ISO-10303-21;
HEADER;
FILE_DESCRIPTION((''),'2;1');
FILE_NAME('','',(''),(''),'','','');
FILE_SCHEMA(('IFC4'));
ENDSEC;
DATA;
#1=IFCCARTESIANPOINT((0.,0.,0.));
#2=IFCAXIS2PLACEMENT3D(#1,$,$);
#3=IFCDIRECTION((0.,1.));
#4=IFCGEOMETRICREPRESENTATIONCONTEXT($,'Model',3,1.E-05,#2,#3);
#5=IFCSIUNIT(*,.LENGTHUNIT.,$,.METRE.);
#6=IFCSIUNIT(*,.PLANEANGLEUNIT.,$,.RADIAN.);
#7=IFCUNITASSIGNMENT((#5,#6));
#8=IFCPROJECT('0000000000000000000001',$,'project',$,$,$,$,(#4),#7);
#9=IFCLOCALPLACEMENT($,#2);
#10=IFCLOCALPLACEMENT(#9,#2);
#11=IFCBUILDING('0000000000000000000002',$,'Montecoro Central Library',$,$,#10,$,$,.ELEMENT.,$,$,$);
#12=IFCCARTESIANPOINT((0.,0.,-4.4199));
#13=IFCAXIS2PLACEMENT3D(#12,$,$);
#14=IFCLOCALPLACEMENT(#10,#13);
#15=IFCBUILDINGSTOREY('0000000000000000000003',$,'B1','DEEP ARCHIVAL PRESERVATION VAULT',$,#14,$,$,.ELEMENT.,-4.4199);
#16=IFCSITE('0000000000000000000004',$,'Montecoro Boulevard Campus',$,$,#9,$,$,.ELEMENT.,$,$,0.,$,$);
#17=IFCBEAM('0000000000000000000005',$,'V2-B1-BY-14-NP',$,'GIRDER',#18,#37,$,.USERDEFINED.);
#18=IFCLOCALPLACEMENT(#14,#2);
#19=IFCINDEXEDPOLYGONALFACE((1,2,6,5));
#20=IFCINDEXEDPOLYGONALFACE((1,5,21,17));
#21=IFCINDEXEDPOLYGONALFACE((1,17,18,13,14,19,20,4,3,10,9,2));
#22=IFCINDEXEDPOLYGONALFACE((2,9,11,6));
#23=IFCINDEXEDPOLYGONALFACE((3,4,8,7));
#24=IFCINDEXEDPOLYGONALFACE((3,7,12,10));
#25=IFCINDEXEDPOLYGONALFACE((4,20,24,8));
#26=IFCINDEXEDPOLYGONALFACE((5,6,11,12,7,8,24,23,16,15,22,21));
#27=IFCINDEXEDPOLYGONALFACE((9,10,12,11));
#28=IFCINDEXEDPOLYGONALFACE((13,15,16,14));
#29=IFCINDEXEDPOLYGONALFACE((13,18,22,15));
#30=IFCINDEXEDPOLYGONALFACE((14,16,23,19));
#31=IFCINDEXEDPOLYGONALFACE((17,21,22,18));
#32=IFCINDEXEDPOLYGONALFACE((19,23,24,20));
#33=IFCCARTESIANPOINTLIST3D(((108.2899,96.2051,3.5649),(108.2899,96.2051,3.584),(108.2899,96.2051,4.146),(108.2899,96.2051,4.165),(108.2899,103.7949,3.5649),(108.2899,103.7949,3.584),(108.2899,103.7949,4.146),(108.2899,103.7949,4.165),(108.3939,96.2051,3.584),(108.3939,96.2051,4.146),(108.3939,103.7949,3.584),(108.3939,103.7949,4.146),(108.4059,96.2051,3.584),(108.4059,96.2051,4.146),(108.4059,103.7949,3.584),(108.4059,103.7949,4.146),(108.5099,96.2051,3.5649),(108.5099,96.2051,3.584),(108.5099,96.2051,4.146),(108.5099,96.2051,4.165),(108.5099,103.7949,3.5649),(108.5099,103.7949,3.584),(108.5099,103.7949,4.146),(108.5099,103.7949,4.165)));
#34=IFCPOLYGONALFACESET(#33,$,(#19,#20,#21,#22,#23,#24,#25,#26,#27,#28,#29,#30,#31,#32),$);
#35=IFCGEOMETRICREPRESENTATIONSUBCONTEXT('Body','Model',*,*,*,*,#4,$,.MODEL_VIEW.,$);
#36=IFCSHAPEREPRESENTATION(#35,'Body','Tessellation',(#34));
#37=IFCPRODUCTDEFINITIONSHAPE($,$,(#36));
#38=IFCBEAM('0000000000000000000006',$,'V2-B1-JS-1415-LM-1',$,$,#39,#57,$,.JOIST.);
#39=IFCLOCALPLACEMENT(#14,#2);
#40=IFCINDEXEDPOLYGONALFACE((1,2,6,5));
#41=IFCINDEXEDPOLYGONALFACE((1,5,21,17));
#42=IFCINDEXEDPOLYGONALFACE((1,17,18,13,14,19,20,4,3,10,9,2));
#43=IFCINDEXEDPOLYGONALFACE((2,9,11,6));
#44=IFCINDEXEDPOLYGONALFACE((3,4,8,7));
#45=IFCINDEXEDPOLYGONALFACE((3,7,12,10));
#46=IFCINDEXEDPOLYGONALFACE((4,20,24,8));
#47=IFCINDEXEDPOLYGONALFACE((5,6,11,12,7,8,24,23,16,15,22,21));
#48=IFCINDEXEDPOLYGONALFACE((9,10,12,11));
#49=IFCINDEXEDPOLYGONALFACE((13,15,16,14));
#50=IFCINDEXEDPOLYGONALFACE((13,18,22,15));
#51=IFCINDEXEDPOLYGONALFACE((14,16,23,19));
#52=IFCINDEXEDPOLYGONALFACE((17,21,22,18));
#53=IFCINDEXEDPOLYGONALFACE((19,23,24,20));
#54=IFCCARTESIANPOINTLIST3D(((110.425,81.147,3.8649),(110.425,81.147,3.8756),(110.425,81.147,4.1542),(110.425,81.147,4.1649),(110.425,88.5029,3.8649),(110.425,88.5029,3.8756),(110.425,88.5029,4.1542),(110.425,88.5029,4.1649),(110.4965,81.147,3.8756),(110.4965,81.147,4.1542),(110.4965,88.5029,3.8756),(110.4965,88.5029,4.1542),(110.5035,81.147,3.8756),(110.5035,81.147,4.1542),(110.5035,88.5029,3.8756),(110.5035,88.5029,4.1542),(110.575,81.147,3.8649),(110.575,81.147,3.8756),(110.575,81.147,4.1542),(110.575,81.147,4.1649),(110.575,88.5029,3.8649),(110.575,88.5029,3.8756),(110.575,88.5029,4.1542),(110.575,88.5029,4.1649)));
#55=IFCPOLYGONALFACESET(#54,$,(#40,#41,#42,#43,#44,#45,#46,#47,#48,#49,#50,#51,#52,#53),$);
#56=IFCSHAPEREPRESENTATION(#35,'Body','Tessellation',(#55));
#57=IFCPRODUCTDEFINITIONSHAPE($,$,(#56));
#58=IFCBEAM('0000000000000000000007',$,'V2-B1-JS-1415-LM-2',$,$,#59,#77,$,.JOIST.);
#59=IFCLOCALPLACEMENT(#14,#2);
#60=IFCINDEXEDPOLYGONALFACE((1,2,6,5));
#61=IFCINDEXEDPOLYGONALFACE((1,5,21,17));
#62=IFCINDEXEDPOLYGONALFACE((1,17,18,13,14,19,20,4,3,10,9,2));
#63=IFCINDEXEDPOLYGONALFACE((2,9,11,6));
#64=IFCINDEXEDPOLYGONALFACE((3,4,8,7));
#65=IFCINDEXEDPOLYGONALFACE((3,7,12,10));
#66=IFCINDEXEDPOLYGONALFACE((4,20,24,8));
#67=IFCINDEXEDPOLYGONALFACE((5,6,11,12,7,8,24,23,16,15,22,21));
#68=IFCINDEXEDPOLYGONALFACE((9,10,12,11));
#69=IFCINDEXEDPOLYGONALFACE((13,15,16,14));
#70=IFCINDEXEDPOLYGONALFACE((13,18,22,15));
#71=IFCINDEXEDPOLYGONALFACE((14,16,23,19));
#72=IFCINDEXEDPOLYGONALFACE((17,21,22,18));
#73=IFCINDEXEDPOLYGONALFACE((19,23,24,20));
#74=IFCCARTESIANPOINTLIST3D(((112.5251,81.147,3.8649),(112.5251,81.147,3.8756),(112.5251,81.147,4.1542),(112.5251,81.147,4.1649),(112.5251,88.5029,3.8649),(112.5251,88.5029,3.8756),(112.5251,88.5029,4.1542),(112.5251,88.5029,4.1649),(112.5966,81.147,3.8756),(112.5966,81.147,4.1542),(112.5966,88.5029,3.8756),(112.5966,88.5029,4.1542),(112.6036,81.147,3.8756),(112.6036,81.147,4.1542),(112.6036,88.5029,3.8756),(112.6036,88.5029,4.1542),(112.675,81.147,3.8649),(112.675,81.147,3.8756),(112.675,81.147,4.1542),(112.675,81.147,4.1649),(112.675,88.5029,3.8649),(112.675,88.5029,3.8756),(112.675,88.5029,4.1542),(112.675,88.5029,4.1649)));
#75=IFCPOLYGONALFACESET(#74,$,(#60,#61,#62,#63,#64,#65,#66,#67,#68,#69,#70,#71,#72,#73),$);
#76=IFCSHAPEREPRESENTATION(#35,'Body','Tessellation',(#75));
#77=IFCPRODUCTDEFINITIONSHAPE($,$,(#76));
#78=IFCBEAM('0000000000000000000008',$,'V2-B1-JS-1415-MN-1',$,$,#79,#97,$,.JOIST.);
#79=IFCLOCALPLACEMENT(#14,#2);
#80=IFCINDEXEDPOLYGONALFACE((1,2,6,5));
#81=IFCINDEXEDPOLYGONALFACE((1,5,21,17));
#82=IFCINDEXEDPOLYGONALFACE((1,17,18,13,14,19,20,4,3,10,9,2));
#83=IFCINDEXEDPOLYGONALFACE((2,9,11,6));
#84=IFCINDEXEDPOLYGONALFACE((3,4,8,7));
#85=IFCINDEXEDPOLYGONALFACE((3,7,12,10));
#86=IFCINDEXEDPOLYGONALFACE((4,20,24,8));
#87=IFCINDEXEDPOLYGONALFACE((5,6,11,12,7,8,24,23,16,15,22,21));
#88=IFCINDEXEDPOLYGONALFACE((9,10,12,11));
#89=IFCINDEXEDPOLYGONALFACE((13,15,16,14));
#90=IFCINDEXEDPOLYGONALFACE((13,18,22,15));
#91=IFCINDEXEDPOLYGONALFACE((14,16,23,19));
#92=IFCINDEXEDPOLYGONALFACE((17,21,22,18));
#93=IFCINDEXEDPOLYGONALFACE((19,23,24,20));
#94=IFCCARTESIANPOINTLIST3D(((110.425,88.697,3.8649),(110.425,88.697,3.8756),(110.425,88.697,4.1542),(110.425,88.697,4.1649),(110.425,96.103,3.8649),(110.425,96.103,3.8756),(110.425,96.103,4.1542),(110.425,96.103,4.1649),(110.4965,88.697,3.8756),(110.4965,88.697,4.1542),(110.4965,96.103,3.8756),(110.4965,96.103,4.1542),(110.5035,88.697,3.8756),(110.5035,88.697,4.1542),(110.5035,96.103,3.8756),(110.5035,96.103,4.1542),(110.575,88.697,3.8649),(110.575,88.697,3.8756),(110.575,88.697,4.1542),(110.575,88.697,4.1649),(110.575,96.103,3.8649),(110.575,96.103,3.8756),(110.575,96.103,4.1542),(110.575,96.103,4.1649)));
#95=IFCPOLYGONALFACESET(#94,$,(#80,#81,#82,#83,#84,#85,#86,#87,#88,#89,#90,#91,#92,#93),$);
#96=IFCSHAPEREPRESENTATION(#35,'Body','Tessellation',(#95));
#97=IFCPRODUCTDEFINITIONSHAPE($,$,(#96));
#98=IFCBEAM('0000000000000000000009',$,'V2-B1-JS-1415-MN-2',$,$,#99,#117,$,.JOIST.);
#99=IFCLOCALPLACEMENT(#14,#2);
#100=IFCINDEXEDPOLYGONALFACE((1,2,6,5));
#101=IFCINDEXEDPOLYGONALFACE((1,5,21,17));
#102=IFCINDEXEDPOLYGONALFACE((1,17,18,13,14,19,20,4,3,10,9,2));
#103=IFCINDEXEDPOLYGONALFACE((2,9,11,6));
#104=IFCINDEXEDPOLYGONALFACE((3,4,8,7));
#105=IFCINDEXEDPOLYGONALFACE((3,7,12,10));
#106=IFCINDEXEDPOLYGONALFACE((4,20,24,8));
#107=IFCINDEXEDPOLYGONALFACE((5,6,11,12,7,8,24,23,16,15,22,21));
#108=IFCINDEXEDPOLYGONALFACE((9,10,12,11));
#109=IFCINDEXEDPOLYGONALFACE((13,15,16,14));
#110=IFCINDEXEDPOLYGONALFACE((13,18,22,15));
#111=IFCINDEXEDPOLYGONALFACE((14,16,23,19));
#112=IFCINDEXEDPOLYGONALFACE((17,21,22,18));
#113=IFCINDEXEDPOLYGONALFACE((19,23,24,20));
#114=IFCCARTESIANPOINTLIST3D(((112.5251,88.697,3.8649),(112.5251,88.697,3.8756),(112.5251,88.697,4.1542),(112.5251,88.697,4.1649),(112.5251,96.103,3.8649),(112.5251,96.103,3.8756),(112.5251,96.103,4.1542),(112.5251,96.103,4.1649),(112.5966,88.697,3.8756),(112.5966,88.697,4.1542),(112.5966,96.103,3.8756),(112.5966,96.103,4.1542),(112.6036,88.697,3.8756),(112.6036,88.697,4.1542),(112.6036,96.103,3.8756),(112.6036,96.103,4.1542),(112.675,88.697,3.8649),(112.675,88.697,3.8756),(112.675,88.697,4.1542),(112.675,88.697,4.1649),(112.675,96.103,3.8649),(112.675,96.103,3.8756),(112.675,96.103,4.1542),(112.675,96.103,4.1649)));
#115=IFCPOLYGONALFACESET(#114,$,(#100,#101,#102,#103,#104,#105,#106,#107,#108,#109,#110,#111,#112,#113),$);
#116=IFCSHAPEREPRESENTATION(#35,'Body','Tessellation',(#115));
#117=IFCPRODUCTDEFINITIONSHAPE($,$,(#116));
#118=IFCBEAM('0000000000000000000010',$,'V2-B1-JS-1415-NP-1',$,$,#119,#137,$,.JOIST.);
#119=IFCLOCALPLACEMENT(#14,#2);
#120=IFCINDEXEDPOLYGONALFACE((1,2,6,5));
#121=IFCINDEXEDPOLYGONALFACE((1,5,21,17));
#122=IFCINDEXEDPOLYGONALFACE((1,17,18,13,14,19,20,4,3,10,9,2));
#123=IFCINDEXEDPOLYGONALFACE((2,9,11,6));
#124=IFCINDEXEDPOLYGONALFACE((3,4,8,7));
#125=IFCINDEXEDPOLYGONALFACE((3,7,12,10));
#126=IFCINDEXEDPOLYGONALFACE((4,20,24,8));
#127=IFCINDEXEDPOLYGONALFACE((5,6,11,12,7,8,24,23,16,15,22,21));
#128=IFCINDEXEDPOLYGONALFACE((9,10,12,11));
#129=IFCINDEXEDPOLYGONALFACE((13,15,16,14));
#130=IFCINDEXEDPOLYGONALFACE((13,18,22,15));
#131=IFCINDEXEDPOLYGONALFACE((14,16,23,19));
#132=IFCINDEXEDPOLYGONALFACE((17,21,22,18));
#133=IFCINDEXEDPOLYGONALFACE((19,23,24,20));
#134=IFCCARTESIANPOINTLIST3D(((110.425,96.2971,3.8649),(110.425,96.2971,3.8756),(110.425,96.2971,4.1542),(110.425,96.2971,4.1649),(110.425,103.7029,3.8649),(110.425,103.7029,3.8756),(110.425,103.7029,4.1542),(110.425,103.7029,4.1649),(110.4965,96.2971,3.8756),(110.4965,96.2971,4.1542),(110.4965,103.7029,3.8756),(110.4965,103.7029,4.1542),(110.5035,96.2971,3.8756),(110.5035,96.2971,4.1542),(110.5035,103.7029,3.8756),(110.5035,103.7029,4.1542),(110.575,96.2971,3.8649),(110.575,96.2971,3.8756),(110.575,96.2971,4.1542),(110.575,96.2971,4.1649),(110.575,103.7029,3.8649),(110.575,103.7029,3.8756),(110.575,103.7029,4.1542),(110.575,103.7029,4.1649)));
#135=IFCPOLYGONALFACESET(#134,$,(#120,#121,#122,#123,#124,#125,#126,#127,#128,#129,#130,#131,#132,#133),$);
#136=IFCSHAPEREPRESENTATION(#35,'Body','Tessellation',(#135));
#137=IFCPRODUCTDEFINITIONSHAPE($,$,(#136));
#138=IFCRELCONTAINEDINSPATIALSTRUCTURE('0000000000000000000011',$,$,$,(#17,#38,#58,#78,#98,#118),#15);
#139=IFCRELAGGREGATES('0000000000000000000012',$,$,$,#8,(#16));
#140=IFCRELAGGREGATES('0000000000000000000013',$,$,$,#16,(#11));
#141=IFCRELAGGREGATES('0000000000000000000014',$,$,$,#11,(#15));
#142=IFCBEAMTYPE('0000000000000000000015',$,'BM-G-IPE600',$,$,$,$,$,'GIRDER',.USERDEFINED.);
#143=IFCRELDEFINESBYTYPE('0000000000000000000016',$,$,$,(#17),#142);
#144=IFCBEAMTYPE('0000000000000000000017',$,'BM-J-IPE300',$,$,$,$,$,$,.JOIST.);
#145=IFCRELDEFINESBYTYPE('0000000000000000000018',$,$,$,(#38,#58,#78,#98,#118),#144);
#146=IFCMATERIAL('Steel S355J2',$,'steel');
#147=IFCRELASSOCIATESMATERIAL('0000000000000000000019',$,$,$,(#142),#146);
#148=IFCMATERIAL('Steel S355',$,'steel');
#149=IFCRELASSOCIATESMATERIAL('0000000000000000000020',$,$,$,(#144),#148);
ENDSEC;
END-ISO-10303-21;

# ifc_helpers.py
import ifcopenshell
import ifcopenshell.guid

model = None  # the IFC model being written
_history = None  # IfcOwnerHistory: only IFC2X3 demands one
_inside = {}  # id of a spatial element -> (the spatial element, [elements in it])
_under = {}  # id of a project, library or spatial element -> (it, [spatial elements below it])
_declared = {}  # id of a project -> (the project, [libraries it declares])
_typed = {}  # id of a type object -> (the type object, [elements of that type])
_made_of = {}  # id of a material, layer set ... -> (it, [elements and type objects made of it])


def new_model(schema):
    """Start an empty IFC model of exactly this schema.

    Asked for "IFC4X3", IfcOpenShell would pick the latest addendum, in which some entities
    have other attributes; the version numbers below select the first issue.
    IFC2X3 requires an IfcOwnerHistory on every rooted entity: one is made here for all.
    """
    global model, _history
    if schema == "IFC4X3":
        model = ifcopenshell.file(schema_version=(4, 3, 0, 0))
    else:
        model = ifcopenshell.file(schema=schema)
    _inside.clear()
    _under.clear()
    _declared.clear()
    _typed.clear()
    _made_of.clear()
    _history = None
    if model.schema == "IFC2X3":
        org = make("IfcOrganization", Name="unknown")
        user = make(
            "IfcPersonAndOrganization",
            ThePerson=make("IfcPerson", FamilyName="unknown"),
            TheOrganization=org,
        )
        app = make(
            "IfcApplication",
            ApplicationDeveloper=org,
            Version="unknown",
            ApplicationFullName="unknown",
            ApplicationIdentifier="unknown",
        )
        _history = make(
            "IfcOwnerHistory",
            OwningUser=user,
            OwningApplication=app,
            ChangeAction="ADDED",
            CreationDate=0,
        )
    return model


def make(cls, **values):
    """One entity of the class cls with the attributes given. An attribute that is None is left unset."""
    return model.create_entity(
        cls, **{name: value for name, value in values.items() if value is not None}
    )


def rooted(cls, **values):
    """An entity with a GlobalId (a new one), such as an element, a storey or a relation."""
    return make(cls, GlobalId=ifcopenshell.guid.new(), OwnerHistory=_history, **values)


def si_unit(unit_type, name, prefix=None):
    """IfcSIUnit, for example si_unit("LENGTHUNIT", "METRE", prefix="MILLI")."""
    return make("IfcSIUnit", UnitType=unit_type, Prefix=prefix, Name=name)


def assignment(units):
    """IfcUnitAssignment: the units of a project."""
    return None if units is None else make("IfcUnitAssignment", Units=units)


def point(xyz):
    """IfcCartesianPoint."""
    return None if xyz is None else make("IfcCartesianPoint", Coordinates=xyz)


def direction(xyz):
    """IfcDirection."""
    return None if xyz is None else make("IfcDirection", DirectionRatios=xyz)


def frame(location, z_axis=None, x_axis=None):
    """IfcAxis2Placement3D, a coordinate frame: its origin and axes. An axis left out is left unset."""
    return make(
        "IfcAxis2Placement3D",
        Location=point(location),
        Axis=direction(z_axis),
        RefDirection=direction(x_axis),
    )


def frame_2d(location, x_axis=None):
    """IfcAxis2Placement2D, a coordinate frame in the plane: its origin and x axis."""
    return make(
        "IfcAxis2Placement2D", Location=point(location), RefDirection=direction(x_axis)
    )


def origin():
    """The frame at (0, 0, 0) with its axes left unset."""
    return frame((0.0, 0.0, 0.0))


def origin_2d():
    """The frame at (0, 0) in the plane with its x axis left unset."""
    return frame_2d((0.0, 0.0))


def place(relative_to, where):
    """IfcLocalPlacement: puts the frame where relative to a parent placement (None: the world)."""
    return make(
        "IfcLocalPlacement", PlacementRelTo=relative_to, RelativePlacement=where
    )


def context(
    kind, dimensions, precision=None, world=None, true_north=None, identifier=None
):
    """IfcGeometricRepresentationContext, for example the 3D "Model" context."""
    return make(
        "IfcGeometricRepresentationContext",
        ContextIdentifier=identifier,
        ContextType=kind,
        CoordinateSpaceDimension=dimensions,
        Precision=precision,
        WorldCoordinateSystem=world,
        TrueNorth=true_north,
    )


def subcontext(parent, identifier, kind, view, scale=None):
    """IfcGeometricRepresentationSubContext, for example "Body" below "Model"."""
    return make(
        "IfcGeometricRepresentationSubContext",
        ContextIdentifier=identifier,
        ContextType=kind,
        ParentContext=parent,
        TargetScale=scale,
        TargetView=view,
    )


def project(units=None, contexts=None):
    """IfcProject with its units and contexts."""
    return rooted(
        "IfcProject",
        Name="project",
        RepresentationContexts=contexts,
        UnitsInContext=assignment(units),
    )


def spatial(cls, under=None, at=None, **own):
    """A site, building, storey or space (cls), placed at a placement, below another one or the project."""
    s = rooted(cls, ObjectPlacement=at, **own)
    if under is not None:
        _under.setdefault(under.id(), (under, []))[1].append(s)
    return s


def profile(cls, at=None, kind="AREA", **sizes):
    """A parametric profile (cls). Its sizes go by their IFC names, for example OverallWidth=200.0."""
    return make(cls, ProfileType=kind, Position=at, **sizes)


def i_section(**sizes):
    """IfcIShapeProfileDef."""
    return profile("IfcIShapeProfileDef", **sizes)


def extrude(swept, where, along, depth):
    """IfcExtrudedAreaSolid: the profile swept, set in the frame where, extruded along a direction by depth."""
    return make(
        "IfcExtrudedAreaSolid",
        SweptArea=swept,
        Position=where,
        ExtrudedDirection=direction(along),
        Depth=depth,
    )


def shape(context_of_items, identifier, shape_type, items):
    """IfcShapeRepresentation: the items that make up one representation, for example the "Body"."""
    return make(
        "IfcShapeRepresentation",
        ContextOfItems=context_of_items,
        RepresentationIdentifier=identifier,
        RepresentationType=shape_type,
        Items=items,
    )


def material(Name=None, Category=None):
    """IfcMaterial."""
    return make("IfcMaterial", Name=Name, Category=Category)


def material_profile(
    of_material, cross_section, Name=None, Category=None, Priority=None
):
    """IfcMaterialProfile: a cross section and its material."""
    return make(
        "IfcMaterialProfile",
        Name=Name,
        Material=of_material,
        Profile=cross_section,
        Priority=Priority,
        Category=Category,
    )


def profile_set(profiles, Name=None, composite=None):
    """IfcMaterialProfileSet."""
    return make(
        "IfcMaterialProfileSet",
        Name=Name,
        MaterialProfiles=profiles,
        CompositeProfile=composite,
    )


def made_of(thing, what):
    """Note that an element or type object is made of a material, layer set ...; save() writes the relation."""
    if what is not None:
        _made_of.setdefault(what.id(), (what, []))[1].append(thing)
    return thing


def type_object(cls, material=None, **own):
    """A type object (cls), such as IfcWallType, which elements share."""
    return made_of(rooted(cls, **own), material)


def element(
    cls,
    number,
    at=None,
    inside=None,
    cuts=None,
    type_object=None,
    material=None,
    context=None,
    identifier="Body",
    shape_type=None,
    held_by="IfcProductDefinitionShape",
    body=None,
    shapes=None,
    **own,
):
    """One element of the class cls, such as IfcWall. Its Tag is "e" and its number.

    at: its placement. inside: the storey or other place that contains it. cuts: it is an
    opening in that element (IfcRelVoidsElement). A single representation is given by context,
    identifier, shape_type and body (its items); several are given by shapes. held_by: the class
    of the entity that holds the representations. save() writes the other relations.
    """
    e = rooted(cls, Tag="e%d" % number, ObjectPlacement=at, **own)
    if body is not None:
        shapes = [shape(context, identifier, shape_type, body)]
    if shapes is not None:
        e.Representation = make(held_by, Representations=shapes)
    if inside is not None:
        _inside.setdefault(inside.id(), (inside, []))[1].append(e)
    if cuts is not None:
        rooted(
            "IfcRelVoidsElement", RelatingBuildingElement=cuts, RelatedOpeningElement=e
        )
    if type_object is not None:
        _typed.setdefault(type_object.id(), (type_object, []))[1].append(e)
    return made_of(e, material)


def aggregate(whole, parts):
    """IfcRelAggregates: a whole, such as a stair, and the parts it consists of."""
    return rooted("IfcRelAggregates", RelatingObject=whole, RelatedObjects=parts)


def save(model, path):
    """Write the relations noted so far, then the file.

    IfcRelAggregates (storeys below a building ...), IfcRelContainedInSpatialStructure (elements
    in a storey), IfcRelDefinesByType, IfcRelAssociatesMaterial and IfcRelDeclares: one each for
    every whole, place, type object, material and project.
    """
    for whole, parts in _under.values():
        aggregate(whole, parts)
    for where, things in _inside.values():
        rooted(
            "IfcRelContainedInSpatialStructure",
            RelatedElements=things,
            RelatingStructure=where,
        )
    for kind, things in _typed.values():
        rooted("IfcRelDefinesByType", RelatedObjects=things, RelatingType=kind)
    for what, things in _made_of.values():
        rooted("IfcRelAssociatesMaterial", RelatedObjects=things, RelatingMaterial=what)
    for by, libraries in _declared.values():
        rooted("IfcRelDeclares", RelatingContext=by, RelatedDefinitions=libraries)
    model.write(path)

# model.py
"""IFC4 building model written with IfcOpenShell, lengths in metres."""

from ifc_helpers import new_model, si_unit, direction, frame, origin, origin_2d, place, context, subcontext, project, spatial, i_section, extrude, material, material_profile, profile_set, type_object, element, save


model = new_model("IFC4")

# Units and contexts
model_context = context("Model", 3, precision=1e-05, world=origin(), true_north=direction((0.0, 1.0)))
body_context = subcontext(model_context, "Body", "Model", "MODEL_VIEW")
ifc_project = project(units=[si_unit("LENGTHUNIT", "METRE"), si_unit("PLANEANGLEUNIT", "RADIAN")], contexts=[model_context])

# Site, building, storey
site_placement = place(None, origin())
site = spatial("IfcSite", under=ifc_project, at=site_placement, Name="Montecoro Boulevard Campus", CompositionType="ELEMENT", RefElevation=0.0)
building_placement = place(site_placement, origin())
building = spatial("IfcBuilding", under=site, at=building_placement, Name="Montecoro Central Library", CompositionType="ELEMENT")
storey_placement = place(building_placement, frame((0.0, 0.0, -4.4199)))
storey = spatial("IfcBuildingStorey", under=building, at=storey_placement, Name="B1", Description="DEEP ARCHIVAL PRESERVATION VAULT", CompositionType="ELEMENT", Elevation=-4.4199)

# Shared definitions
ifc_material_1 = material(Name="Steel S355J2", Category="steel")

# Beams
ifc_material_2 = material(Name="Steel S355", Category="steel")
ifc_material_profile_1 = material_profile(ifc_material_1, i_section(OverallWidth=0.22, OverallDepth=0.6001, WebThickness=0.012, FlangeThickness=0.019, at=origin_2d()), Name="IPE 600")
ifc_profile_set_1 = profile_set([ifc_material_profile_1], Name="Steel S355J2")
beam_type_1 = type_object("IfcBeamType", Name="BM-G-IPE600", ElementType="GIRDER", PredefinedType="USERDEFINED", material=ifc_profile_set_1)
beam_1_placement = place(storey_placement, frame((108.3999, 96.2051, 3.865), z_axis=(0.0, 1.0, 0.0), x_axis=(-1.0, 0.0, 0.0)))
element("IfcBeam", 1, at=beam_1_placement, inside=storey, type_object=beam_type_1, Name="V2-B1-BY-14-NP", ObjectType="GIRDER", PredefinedType="USERDEFINED", context=body_context, shape_type="SweptSolid", body=[
    extrude(i_section(OverallWidth=0.22, OverallDepth=0.6001, WebThickness=0.012, FlangeThickness=0.019, at=origin_2d()), origin(), (0.0, 0.0, 1.0), 7.5898),
])
ifc_material_profile_2 = material_profile(ifc_material_2, i_section(OverallWidth=0.1499, OverallDepth=0.3, WebThickness=0.0071, FlangeThickness=0.0107, at=origin_2d()), Name="IPE 300")
ifc_profile_set_2 = profile_set([ifc_material_profile_2], Name="Steel S355")
beam_type_2 = type_object("IfcBeamType", Name="BM-J-IPE300", PredefinedType="JOIST", material=ifc_profile_set_2)
for number, where, z_axis, x_axis, name in (
    (2, (110.5, 81.147, 4.0149), (0.0, 1.0, 0.0), (-1.0, 0.0, 0.0), "V2-B1-JS-1415-LM-1"),
    (3, (112.6001, 81.147, 4.0149), (0.0, 1.0, 0.0), (-1.0, 0.0, 0.0), "V2-B1-JS-1415-LM-2"),
):
    element("IfcBeam", number, at=place(storey_placement, frame(where, z_axis=z_axis, x_axis=x_axis)), inside=storey, type_object=beam_type_2, Name=name, PredefinedType="JOIST", context=body_context, shape_type="SweptSolid", body=[
        extrude(i_section(OverallWidth=0.1499, OverallDepth=0.3, WebThickness=0.0071, FlangeThickness=0.0107, at=origin_2d()), origin(), (0.0, 0.0, 1.0), 7.356),
    ])
for number, where, z_axis, x_axis, name in (
    (4, (110.5, 88.697, 4.0149), (0.0, 1.0, 0.0), (-1.0, 0.0, 0.0), "V2-B1-JS-1415-MN-1"),
    (5, (112.6001, 88.697, 4.0149), (0.0, 1.0, 0.0), (-1.0, 0.0, 0.0), "V2-B1-JS-1415-MN-2"),
):
    element("IfcBeam", number, at=place(storey_placement, frame(where, z_axis=z_axis, x_axis=x_axis)), inside=storey, type_object=beam_type_2, Name=name, PredefinedType="JOIST", context=body_context, shape_type="SweptSolid", body=[
        extrude(i_section(OverallWidth=0.1499, OverallDepth=0.3, WebThickness=0.0071, FlangeThickness=0.0107, at=origin_2d()), origin(), (0.0, 0.0, 1.0), 7.406),
    ])
beam_2_placement = place(storey_placement, frame((110.5, 96.2971, 4.0149), z_axis=(0.0, 1.0, 0.0), x_axis=(-1.0, 0.0, 0.0)))
element("IfcBeam", 6, at=beam_2_placement, inside=storey, type_object=beam_type_2, Name="V2-B1-JS-1415-NP-1", PredefinedType="JOIST", context=body_context, shape_type="SweptSolid", body=[
    extrude(i_section(OverallWidth=0.1499, OverallDepth=0.3, WebThickness=0.0071, FlangeThickness=0.0107, at=origin_2d()), origin(), (0.0, 0.0, 1.0), 7.4058),
])

save(model, "model.ifc")
